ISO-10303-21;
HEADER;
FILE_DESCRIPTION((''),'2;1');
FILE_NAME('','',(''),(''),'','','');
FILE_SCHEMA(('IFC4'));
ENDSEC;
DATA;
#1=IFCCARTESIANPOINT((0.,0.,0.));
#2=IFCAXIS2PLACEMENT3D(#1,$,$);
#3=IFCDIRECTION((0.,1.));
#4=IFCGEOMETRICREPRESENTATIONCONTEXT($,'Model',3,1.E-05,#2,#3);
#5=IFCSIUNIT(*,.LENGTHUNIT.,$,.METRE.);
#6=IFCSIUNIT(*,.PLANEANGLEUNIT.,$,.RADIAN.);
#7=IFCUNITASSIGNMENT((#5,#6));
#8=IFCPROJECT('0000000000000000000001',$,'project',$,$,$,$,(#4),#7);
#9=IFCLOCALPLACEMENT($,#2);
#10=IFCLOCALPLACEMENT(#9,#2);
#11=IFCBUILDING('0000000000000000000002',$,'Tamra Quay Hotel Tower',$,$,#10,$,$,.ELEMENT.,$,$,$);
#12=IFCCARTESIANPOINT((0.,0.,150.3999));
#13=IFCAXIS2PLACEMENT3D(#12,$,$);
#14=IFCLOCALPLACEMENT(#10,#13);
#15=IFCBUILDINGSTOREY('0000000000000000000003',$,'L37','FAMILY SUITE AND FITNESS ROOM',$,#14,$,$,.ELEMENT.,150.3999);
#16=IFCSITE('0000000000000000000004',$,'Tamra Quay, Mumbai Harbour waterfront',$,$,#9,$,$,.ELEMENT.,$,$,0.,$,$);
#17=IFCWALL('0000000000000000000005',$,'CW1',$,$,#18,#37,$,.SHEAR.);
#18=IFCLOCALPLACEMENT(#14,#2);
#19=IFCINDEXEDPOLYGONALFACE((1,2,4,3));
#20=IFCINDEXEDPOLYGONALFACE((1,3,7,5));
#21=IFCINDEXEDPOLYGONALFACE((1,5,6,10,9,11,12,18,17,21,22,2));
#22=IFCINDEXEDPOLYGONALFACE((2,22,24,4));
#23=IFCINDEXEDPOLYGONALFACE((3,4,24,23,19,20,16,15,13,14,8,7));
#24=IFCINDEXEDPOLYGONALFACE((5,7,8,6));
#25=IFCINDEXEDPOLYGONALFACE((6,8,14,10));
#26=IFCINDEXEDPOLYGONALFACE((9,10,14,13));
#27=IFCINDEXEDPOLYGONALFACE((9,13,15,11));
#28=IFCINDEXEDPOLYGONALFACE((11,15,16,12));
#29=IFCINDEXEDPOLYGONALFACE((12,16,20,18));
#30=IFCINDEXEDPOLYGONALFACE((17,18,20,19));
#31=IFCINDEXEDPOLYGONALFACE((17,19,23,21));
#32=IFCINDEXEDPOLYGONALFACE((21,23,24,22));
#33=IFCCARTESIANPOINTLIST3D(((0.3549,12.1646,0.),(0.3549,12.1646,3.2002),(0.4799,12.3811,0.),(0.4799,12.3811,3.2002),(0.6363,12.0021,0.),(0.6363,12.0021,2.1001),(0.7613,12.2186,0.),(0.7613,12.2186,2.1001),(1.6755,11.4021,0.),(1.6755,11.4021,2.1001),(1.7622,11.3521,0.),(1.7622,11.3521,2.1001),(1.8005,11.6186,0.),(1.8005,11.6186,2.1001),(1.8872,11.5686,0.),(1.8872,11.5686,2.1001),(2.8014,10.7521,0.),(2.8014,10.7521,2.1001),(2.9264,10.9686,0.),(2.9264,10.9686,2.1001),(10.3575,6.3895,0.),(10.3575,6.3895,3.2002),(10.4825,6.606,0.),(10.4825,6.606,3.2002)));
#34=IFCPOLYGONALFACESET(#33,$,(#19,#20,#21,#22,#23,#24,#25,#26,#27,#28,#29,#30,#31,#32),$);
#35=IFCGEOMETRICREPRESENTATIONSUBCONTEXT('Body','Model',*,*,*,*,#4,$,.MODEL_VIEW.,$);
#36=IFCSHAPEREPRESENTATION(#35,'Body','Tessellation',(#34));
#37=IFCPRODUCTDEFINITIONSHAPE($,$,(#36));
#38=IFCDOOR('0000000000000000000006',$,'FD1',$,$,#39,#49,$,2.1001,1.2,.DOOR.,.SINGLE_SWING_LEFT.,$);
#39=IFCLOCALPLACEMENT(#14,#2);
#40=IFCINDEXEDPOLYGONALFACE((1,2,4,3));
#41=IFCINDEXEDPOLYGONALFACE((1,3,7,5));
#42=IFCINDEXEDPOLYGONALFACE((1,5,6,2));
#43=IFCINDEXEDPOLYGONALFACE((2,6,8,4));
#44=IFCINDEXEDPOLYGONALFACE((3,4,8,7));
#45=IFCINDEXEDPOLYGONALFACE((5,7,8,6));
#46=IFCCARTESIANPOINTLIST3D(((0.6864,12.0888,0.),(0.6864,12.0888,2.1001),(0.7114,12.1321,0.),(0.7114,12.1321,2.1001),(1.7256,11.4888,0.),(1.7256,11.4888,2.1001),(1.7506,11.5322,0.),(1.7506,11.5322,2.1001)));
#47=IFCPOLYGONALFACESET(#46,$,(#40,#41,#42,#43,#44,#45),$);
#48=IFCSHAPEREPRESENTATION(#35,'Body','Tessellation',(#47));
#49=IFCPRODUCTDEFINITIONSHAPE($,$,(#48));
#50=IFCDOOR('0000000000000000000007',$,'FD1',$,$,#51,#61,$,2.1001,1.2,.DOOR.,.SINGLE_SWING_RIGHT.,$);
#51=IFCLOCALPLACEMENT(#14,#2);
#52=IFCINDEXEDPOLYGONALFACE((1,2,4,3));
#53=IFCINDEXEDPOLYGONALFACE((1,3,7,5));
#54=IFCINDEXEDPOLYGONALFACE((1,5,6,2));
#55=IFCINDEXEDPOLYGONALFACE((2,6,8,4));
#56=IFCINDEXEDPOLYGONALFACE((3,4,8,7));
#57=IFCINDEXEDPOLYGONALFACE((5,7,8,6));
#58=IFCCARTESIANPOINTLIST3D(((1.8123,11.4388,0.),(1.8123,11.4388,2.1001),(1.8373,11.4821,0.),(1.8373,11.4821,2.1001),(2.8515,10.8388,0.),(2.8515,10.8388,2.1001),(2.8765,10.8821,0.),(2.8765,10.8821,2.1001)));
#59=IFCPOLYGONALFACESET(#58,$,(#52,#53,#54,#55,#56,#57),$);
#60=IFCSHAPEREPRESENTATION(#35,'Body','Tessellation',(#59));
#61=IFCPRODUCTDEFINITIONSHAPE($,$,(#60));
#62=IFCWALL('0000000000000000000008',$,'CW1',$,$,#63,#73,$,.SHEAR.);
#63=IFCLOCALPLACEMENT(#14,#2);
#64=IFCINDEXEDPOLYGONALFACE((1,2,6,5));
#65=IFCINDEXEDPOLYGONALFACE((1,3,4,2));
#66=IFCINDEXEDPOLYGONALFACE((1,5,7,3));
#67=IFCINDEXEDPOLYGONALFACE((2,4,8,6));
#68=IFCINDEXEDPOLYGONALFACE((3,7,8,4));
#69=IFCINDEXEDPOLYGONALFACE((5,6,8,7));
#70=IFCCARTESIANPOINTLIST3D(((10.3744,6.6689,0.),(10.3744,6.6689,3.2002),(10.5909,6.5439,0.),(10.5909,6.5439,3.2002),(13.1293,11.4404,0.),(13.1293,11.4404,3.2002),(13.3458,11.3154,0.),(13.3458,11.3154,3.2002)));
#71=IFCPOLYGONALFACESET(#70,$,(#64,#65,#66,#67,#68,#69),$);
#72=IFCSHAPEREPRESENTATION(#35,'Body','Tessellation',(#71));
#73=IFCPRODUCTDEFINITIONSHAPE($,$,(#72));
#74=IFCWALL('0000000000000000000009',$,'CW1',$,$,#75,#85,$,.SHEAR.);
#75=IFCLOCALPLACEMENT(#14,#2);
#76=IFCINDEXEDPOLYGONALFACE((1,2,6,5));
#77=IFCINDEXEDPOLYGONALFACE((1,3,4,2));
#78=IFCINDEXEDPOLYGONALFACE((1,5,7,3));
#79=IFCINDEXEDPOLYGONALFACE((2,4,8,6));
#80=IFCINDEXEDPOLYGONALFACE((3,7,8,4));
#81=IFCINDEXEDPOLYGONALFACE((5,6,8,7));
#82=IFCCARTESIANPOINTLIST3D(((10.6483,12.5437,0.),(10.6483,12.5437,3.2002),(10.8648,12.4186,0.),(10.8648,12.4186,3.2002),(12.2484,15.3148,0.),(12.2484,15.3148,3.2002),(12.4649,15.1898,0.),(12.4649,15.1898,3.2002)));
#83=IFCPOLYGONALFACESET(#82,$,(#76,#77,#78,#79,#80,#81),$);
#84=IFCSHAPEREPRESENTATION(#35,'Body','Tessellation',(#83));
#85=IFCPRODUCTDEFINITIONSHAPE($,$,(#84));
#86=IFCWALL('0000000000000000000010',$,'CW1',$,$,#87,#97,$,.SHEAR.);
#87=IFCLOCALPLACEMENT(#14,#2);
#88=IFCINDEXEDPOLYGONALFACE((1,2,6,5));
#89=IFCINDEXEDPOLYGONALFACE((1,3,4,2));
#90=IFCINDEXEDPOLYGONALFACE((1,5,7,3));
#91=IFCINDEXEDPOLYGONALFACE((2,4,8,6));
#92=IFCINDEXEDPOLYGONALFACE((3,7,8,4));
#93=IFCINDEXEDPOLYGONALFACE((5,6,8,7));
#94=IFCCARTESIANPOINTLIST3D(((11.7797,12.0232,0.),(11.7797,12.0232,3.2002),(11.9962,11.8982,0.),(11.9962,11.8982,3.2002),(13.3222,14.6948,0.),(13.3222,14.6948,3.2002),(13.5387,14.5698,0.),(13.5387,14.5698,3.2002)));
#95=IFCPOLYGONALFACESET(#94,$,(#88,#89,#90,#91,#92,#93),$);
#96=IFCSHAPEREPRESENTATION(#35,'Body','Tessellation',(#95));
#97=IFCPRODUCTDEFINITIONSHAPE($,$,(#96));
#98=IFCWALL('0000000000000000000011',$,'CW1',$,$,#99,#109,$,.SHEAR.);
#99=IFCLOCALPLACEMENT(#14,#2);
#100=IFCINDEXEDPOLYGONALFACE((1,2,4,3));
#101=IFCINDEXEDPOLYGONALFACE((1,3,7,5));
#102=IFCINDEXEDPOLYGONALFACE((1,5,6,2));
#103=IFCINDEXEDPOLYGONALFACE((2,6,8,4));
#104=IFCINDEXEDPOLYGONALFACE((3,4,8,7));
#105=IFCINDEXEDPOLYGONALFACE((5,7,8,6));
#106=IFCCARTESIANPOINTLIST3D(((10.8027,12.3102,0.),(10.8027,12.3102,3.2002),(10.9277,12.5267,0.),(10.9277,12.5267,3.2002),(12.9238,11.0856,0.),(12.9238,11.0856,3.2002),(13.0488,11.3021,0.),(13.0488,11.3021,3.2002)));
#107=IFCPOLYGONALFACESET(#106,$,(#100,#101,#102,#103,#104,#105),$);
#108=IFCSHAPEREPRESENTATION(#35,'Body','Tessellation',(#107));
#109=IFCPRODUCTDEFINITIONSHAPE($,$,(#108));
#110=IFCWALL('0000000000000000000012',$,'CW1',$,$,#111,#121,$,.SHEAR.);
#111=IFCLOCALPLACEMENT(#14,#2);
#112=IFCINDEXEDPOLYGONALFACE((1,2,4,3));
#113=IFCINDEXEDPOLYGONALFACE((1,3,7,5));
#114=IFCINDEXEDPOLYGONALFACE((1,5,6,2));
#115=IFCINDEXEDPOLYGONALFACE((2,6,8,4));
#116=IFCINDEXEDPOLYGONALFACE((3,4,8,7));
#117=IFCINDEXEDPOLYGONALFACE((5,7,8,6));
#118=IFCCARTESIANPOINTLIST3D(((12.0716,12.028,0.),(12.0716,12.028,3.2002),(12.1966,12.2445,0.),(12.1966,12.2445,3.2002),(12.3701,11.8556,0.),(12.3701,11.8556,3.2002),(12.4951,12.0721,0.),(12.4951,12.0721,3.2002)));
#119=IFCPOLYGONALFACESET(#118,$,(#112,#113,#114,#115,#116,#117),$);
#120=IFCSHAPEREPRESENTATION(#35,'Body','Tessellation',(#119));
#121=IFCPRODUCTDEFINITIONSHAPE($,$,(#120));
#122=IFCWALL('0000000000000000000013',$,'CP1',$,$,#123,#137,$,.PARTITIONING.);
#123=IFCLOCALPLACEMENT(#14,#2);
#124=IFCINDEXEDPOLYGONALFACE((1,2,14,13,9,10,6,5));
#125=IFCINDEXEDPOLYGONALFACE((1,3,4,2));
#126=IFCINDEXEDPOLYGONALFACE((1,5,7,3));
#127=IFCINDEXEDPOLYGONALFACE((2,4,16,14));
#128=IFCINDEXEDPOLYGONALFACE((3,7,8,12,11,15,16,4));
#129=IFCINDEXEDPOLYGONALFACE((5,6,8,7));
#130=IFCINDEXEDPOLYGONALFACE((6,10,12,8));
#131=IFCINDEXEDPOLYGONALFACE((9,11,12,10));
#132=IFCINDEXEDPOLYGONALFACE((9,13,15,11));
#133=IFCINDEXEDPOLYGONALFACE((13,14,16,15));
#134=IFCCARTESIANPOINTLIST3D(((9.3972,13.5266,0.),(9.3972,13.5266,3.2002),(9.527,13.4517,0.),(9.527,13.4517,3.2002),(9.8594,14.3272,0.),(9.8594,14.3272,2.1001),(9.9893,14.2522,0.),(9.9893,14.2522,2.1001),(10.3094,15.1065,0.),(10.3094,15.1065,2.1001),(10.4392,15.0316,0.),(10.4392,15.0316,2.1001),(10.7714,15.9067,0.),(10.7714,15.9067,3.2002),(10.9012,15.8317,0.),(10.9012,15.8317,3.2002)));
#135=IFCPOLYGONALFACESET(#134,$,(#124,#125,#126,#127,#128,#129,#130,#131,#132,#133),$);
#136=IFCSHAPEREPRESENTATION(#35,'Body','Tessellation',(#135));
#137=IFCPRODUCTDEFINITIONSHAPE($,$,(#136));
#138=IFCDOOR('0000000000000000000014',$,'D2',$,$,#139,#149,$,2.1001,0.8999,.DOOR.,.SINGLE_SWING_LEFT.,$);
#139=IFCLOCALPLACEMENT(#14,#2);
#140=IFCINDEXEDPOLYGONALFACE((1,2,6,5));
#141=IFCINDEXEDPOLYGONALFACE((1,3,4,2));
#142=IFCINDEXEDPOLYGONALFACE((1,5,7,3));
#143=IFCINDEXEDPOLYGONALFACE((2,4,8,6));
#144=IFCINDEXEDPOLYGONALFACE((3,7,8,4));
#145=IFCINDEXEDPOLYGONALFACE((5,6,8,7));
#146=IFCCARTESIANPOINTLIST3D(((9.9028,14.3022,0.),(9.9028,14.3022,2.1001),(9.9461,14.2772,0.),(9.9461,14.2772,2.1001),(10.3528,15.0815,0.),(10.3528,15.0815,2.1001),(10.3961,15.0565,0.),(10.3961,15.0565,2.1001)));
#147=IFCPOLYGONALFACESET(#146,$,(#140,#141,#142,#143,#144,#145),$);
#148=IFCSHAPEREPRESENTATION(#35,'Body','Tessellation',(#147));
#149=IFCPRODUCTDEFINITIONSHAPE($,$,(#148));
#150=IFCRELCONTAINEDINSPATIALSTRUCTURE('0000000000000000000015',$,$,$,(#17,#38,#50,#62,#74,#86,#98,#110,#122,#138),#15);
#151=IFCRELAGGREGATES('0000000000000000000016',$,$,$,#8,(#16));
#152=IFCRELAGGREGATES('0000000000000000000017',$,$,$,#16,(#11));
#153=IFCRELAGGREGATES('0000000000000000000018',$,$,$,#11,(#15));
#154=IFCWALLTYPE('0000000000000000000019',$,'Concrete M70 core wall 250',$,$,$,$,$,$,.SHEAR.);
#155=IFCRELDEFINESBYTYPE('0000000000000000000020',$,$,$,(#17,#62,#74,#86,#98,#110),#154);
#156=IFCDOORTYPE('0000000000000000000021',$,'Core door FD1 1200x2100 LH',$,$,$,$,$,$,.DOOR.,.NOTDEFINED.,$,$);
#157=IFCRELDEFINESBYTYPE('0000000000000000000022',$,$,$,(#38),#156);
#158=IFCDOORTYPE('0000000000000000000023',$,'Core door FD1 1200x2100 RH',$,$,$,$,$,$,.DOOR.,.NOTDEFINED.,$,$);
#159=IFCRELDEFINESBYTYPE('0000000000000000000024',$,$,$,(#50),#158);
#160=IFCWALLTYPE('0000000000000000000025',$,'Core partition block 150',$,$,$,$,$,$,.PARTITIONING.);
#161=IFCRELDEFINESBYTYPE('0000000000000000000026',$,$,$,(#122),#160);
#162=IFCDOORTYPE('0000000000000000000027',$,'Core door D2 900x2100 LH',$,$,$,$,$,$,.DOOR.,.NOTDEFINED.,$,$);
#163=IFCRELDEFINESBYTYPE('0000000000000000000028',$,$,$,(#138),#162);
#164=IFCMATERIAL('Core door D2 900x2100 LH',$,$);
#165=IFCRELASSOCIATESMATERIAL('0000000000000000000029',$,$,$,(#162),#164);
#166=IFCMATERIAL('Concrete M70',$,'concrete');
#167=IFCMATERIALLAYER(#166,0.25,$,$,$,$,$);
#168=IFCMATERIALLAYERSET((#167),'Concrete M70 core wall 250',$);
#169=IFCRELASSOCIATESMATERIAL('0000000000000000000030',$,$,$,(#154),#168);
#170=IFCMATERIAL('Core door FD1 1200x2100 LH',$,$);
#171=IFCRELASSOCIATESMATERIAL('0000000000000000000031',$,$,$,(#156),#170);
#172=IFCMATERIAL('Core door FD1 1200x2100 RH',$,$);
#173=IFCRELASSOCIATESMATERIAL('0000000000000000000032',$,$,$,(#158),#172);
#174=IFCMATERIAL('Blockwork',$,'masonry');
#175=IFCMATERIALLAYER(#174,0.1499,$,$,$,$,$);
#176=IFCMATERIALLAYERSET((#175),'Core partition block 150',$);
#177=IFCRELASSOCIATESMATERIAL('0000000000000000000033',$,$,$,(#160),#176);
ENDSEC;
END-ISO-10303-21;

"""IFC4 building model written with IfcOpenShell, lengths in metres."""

from ifc_helpers import new_model, si_unit, direction, frame, frame_2d, origin, place, context, subcontext, project, spatial, rectangle, extrude, material, layer, layer_set, type_object, element, fill, save


model = new_model("IFC4")

# Units and contexts
model_context = context("Model", 3, precision=1e-05, world=origin(), true_north=direction((0.0, 1.0)))
body_context = subcontext(model_context, "Body", "Model", "MODEL_VIEW")
ifc_project = project(units=[si_unit("LENGTHUNIT", "METRE"), si_unit("PLANEANGLEUNIT", "RADIAN")], contexts=[model_context])

# Site, building, storey
site_placement = place(None, origin())
site = spatial("IfcSite", under=ifc_project, at=site_placement, Name="Tamra Quay, Mumbai Harbour waterfront", CompositionType="ELEMENT", RefElevation=0.0)
building_placement = place(site_placement, origin())
building = spatial("IfcBuilding", under=site, at=building_placement, Name="Tamra Quay Hotel Tower", CompositionType="ELEMENT")
storey_placement = place(building_placement, frame((0.0, 0.0, 150.3999)))
storey = spatial("IfcBuildingStorey", under=building, at=storey_placement, Name="L37", Description="FAMILY SUITE AND FITNESS ROOM", CompositionType="ELEMENT", Elevation=150.3999)

# Shared definitions
ifc_material_1 = material(Name="Concrete M70", Category="concrete")

# Shared definitions
ifc_material_2 = material(Name="Core door D2 900x2100 LH")
door_type_1 = type_object("IfcDoorType", Name="Core door D2 900x2100 LH", OperationType="NOTDEFINED", PredefinedType="DOOR", material=ifc_material_2)

# Wall, openings, doors
ifc_layer_1 = layer(ifc_material_1, 0.25)
ifc_layer_set_1 = layer_set([ifc_layer_1], Name="Concrete M70 core wall 250")
wall_type_1 = type_object("IfcWallType", Name="Concrete M70 core wall 250", PredefinedType="SHEAR", material=ifc_layer_set_1)
wall_1_placement = place(storey_placement, frame((10.4199, 6.4978, 0.0), z_axis=(0.0, 0.0, 1.0), x_axis=(-0.866022, 0.500006, 0.0)))
wall_1 = element("IfcWall", 1, at=wall_1_placement, inside=storey, type_object=wall_type_1, Name="CW1", PredefinedType="SHEAR", context=body_context, shape_type="SweptSolid", body=[
    extrude(rectangle(XDim=11.55, YDim=0.25, at=frame_2d((5.7749, 0.0))), origin(), (0.0, 0.0, 1.0), 3.2002),
])
opening_1_placement = place(wall_1_placement, frame((10.0249, 0.0, 0.0)))
opening_1 = element("IfcOpeningElement", 2, at=opening_1_placement, cuts=wall_1, PredefinedType="OPENING", context=body_context, shape_type="SweptSolid", body=[
    extrude(rectangle(XDim=1.2, YDim=2.1001, at=frame_2d((0.6001, 1.05))), frame((0.0, 0.135, 0.0), z_axis=(0.0, -1.0, 0.0), x_axis=(1.0, 0.0, 0.0)), (0.0, 0.0, 1.0), 0.27),
])
opening_2_placement = place(wall_1_placement, frame((8.7249, 0.0, 0.0)))
opening_2 = element("IfcOpeningElement", 3, at=opening_2_placement, cuts=wall_1, PredefinedType="OPENING", context=body_context, shape_type="SweptSolid", body=[
    extrude(rectangle(XDim=1.2, YDim=2.1001, at=frame_2d((0.6001, 1.05))), frame((0.0, 0.135, 0.0), z_axis=(0.0, -1.0, 0.0), x_axis=(1.0, 0.0, 0.0)), (0.0, 0.0, 1.0), 0.27),
])
ifc_material_3 = material(Name="Core door FD1 1200x2100 LH")
door_type_2 = type_object("IfcDoorType", Name="Core door FD1 1200x2100 LH", OperationType="NOTDEFINED", PredefinedType="DOOR", material=ifc_material_3)
door_1_placement = place(opening_1_placement, origin())
door_1 = element("IfcDoor", 4, at=door_1_placement, inside=storey, type_object=door_type_2, Name="FD1", OperationType="SINGLE_SWING_LEFT", OverallHeight=2.1001, OverallWidth=1.2, PredefinedType="DOOR", context=body_context, shape_type="SweptSolid", body=[
    extrude(rectangle(XDim=1.2, YDim=2.1001, at=frame_2d((0.6001, 1.05))), frame((0.0, 0.0249, 0.0), z_axis=(0.0, -1.0, 0.0), x_axis=(1.0, 0.0, 0.0)), (0.0, 0.0, 1.0), 0.05),
])
fill(opening_1, door_1)
ifc_material_4 = material(Name="Core door FD1 1200x2100 RH")
door_type_3 = type_object("IfcDoorType", Name="Core door FD1 1200x2100 RH", OperationType="NOTDEFINED", PredefinedType="DOOR", material=ifc_material_4)
door_2_placement = place(opening_2_placement, origin())
door_2 = element("IfcDoor", 5, at=door_2_placement, inside=storey, type_object=door_type_3, Name="FD1", OperationType="SINGLE_SWING_RIGHT", OverallHeight=2.1001, OverallWidth=1.2, PredefinedType="DOOR", context=body_context, shape_type="SweptSolid", body=[
    extrude(rectangle(XDim=1.2, YDim=2.1001, at=frame_2d((0.6001, 1.05))), frame((0.0, 0.0249, 0.0), z_axis=(0.0, -1.0, 0.0), x_axis=(1.0, 0.0, 0.0)), (0.0, 0.0, 1.0), 0.05),
])
fill(opening_2, door_2)

# Walls
wall_2_placement = place(storey_placement, frame((13.2375, 11.3779, 0.0), z_axis=(0.0, 0.0, 1.0), x_axis=(-0.500009, -0.86602, 0.0)))
element("IfcWall", 6, at=wall_2_placement, inside=storey, type_object=wall_type_1, Name="CW1", PredefinedType="SHEAR", context=body_context, shape_type="SweptSolid", body=[
    extrude(rectangle(XDim=5.5098, YDim=0.25, at=frame_2d((2.7549, 0.0))), origin(), (0.0, 0.0, 1.0), 3.2002),
])
wall_3_placement = place(storey_placement, frame((12.3567, 15.2524, 0.0), z_axis=(0.0, 0.0, 1.0), x_axis=(-0.500028, -0.866009, 0.0)))
element("IfcWall", 7, at=wall_3_placement, inside=storey, type_object=wall_type_1, Name="CW1", PredefinedType="SHEAR", context=body_context, shape_type="SweptSolid", body=[
    extrude(rectangle(XDim=3.2, YDim=0.25, at=frame_2d((1.6001, 0.0))), origin(), (0.0, 0.0, 1.0), 3.2002),
])
wall_4_placement = place(storey_placement, frame((11.8879, 11.9607, 0.0), z_axis=(0.0, 0.0, 1.0), x_axis=(0.500003, 0.866023, 0.0)))
element("IfcWall", 8, at=wall_4_placement, inside=storey, type_object=wall_type_1, Name="CW1", PredefinedType="SHEAR", context=body_context, shape_type="SweptSolid", body=[
    extrude(rectangle(XDim=3.085, YDim=0.25, at=frame_2d((1.5425, 0.0))), origin(), (0.0, 0.0, 1.0), 3.2002),
])
wall_5_placement = place(storey_placement, frame((10.8652, 12.4185, 0.0), z_axis=(0.0, 0.0, 1.0), x_axis=(0.866026, -0.499999, 0.0)))
element("IfcWall", 9, at=wall_5_placement, inside=storey, type_object=wall_type_1, Name="CW1", PredefinedType="SHEAR", context=body_context, shape_type="SweptSolid", body=[
    extrude(rectangle(XDim=2.4492, YDim=0.25, at=frame_2d((1.2246, 0.0))), origin(), (0.0, 0.0, 1.0), 3.2002),
])
wall_6_placement = place(storey_placement, frame((12.4326, 11.9639, 0.0), z_axis=(0.0, 0.0, 1.0), x_axis=(-0.866056, 0.499947, 0.0)))
element("IfcWall", 10, at=wall_6_placement, inside=storey, type_object=wall_type_1, Name="CW1", PredefinedType="SHEAR", context=body_context, shape_type="SweptSolid", body=[
    extrude(rectangle(XDim=0.3447, YDim=0.25, at=frame_2d((0.1724, 0.0))), origin(), (0.0, 0.0, 1.0), 3.2002),
])

# Wall, opening, door
ifc_material_5 = material(Name="Blockwork", Category="masonry")
ifc_layer_2 = layer(ifc_material_5, 0.1499)
ifc_layer_set_2 = layer_set([ifc_layer_2], Name="Core partition block 150")
wall_type_2 = type_object("IfcWallType", Name="Core partition block 150", PredefinedType="PARTITIONING", material=ifc_layer_set_2)
wall_7_placement = place(storey_placement, frame((9.4622, 13.4893, 0.0), z_axis=(0.0, 0.0, 1.0), x_axis=(0.500027, 0.86601, 0.0)))
wall_7 = element("IfcWall", 11, at=wall_7_placement, inside=storey, type_object=wall_type_2, Name="CP1", PredefinedType="PARTITIONING", context=body_context, shape_type="SweptSolid", body=[
    extrude(rectangle(XDim=2.7483, YDim=0.1499, at=frame_2d((1.374, 0.0))), origin(), (0.0, 0.0, 1.0), 3.2002),
])
opening_3_placement = place(wall_7_placement, frame((0.9243, 0.0, 0.0)))
opening_3 = element("IfcOpeningElement", 12, at=opening_3_placement, cuts=wall_7, PredefinedType="OPENING", context=body_context, shape_type="SweptSolid", body=[
    extrude(rectangle(XDim=0.8999, YDim=2.1001, at=frame_2d((0.45, 1.05))), frame((0.0, 0.085, 0.0), z_axis=(0.0, -1.0, 0.0), x_axis=(1.0, 0.0, 0.0)), (0.0, 0.0, 1.0), 0.1699),
])
door_3_placement = place(opening_3_placement, origin())
door_3 = element("IfcDoor", 13, at=door_3_placement, inside=storey, type_object=door_type_1, Name="D2", OperationType="SINGLE_SWING_LEFT", OverallHeight=2.1001, OverallWidth=0.8999, PredefinedType="DOOR", context=body_context, shape_type="SweptSolid", body=[
    extrude(rectangle(XDim=0.8999, YDim=2.1001, at=frame_2d((0.45, 1.05))), frame((0.0, 0.0249, 0.0), z_axis=(0.0, -1.0, 0.0), x_axis=(1.0, 0.0, 0.0)), (0.0, 0.0, 1.0), 0.05),
])
fill(opening_3, door_3)

save(model, "model.ifc")
